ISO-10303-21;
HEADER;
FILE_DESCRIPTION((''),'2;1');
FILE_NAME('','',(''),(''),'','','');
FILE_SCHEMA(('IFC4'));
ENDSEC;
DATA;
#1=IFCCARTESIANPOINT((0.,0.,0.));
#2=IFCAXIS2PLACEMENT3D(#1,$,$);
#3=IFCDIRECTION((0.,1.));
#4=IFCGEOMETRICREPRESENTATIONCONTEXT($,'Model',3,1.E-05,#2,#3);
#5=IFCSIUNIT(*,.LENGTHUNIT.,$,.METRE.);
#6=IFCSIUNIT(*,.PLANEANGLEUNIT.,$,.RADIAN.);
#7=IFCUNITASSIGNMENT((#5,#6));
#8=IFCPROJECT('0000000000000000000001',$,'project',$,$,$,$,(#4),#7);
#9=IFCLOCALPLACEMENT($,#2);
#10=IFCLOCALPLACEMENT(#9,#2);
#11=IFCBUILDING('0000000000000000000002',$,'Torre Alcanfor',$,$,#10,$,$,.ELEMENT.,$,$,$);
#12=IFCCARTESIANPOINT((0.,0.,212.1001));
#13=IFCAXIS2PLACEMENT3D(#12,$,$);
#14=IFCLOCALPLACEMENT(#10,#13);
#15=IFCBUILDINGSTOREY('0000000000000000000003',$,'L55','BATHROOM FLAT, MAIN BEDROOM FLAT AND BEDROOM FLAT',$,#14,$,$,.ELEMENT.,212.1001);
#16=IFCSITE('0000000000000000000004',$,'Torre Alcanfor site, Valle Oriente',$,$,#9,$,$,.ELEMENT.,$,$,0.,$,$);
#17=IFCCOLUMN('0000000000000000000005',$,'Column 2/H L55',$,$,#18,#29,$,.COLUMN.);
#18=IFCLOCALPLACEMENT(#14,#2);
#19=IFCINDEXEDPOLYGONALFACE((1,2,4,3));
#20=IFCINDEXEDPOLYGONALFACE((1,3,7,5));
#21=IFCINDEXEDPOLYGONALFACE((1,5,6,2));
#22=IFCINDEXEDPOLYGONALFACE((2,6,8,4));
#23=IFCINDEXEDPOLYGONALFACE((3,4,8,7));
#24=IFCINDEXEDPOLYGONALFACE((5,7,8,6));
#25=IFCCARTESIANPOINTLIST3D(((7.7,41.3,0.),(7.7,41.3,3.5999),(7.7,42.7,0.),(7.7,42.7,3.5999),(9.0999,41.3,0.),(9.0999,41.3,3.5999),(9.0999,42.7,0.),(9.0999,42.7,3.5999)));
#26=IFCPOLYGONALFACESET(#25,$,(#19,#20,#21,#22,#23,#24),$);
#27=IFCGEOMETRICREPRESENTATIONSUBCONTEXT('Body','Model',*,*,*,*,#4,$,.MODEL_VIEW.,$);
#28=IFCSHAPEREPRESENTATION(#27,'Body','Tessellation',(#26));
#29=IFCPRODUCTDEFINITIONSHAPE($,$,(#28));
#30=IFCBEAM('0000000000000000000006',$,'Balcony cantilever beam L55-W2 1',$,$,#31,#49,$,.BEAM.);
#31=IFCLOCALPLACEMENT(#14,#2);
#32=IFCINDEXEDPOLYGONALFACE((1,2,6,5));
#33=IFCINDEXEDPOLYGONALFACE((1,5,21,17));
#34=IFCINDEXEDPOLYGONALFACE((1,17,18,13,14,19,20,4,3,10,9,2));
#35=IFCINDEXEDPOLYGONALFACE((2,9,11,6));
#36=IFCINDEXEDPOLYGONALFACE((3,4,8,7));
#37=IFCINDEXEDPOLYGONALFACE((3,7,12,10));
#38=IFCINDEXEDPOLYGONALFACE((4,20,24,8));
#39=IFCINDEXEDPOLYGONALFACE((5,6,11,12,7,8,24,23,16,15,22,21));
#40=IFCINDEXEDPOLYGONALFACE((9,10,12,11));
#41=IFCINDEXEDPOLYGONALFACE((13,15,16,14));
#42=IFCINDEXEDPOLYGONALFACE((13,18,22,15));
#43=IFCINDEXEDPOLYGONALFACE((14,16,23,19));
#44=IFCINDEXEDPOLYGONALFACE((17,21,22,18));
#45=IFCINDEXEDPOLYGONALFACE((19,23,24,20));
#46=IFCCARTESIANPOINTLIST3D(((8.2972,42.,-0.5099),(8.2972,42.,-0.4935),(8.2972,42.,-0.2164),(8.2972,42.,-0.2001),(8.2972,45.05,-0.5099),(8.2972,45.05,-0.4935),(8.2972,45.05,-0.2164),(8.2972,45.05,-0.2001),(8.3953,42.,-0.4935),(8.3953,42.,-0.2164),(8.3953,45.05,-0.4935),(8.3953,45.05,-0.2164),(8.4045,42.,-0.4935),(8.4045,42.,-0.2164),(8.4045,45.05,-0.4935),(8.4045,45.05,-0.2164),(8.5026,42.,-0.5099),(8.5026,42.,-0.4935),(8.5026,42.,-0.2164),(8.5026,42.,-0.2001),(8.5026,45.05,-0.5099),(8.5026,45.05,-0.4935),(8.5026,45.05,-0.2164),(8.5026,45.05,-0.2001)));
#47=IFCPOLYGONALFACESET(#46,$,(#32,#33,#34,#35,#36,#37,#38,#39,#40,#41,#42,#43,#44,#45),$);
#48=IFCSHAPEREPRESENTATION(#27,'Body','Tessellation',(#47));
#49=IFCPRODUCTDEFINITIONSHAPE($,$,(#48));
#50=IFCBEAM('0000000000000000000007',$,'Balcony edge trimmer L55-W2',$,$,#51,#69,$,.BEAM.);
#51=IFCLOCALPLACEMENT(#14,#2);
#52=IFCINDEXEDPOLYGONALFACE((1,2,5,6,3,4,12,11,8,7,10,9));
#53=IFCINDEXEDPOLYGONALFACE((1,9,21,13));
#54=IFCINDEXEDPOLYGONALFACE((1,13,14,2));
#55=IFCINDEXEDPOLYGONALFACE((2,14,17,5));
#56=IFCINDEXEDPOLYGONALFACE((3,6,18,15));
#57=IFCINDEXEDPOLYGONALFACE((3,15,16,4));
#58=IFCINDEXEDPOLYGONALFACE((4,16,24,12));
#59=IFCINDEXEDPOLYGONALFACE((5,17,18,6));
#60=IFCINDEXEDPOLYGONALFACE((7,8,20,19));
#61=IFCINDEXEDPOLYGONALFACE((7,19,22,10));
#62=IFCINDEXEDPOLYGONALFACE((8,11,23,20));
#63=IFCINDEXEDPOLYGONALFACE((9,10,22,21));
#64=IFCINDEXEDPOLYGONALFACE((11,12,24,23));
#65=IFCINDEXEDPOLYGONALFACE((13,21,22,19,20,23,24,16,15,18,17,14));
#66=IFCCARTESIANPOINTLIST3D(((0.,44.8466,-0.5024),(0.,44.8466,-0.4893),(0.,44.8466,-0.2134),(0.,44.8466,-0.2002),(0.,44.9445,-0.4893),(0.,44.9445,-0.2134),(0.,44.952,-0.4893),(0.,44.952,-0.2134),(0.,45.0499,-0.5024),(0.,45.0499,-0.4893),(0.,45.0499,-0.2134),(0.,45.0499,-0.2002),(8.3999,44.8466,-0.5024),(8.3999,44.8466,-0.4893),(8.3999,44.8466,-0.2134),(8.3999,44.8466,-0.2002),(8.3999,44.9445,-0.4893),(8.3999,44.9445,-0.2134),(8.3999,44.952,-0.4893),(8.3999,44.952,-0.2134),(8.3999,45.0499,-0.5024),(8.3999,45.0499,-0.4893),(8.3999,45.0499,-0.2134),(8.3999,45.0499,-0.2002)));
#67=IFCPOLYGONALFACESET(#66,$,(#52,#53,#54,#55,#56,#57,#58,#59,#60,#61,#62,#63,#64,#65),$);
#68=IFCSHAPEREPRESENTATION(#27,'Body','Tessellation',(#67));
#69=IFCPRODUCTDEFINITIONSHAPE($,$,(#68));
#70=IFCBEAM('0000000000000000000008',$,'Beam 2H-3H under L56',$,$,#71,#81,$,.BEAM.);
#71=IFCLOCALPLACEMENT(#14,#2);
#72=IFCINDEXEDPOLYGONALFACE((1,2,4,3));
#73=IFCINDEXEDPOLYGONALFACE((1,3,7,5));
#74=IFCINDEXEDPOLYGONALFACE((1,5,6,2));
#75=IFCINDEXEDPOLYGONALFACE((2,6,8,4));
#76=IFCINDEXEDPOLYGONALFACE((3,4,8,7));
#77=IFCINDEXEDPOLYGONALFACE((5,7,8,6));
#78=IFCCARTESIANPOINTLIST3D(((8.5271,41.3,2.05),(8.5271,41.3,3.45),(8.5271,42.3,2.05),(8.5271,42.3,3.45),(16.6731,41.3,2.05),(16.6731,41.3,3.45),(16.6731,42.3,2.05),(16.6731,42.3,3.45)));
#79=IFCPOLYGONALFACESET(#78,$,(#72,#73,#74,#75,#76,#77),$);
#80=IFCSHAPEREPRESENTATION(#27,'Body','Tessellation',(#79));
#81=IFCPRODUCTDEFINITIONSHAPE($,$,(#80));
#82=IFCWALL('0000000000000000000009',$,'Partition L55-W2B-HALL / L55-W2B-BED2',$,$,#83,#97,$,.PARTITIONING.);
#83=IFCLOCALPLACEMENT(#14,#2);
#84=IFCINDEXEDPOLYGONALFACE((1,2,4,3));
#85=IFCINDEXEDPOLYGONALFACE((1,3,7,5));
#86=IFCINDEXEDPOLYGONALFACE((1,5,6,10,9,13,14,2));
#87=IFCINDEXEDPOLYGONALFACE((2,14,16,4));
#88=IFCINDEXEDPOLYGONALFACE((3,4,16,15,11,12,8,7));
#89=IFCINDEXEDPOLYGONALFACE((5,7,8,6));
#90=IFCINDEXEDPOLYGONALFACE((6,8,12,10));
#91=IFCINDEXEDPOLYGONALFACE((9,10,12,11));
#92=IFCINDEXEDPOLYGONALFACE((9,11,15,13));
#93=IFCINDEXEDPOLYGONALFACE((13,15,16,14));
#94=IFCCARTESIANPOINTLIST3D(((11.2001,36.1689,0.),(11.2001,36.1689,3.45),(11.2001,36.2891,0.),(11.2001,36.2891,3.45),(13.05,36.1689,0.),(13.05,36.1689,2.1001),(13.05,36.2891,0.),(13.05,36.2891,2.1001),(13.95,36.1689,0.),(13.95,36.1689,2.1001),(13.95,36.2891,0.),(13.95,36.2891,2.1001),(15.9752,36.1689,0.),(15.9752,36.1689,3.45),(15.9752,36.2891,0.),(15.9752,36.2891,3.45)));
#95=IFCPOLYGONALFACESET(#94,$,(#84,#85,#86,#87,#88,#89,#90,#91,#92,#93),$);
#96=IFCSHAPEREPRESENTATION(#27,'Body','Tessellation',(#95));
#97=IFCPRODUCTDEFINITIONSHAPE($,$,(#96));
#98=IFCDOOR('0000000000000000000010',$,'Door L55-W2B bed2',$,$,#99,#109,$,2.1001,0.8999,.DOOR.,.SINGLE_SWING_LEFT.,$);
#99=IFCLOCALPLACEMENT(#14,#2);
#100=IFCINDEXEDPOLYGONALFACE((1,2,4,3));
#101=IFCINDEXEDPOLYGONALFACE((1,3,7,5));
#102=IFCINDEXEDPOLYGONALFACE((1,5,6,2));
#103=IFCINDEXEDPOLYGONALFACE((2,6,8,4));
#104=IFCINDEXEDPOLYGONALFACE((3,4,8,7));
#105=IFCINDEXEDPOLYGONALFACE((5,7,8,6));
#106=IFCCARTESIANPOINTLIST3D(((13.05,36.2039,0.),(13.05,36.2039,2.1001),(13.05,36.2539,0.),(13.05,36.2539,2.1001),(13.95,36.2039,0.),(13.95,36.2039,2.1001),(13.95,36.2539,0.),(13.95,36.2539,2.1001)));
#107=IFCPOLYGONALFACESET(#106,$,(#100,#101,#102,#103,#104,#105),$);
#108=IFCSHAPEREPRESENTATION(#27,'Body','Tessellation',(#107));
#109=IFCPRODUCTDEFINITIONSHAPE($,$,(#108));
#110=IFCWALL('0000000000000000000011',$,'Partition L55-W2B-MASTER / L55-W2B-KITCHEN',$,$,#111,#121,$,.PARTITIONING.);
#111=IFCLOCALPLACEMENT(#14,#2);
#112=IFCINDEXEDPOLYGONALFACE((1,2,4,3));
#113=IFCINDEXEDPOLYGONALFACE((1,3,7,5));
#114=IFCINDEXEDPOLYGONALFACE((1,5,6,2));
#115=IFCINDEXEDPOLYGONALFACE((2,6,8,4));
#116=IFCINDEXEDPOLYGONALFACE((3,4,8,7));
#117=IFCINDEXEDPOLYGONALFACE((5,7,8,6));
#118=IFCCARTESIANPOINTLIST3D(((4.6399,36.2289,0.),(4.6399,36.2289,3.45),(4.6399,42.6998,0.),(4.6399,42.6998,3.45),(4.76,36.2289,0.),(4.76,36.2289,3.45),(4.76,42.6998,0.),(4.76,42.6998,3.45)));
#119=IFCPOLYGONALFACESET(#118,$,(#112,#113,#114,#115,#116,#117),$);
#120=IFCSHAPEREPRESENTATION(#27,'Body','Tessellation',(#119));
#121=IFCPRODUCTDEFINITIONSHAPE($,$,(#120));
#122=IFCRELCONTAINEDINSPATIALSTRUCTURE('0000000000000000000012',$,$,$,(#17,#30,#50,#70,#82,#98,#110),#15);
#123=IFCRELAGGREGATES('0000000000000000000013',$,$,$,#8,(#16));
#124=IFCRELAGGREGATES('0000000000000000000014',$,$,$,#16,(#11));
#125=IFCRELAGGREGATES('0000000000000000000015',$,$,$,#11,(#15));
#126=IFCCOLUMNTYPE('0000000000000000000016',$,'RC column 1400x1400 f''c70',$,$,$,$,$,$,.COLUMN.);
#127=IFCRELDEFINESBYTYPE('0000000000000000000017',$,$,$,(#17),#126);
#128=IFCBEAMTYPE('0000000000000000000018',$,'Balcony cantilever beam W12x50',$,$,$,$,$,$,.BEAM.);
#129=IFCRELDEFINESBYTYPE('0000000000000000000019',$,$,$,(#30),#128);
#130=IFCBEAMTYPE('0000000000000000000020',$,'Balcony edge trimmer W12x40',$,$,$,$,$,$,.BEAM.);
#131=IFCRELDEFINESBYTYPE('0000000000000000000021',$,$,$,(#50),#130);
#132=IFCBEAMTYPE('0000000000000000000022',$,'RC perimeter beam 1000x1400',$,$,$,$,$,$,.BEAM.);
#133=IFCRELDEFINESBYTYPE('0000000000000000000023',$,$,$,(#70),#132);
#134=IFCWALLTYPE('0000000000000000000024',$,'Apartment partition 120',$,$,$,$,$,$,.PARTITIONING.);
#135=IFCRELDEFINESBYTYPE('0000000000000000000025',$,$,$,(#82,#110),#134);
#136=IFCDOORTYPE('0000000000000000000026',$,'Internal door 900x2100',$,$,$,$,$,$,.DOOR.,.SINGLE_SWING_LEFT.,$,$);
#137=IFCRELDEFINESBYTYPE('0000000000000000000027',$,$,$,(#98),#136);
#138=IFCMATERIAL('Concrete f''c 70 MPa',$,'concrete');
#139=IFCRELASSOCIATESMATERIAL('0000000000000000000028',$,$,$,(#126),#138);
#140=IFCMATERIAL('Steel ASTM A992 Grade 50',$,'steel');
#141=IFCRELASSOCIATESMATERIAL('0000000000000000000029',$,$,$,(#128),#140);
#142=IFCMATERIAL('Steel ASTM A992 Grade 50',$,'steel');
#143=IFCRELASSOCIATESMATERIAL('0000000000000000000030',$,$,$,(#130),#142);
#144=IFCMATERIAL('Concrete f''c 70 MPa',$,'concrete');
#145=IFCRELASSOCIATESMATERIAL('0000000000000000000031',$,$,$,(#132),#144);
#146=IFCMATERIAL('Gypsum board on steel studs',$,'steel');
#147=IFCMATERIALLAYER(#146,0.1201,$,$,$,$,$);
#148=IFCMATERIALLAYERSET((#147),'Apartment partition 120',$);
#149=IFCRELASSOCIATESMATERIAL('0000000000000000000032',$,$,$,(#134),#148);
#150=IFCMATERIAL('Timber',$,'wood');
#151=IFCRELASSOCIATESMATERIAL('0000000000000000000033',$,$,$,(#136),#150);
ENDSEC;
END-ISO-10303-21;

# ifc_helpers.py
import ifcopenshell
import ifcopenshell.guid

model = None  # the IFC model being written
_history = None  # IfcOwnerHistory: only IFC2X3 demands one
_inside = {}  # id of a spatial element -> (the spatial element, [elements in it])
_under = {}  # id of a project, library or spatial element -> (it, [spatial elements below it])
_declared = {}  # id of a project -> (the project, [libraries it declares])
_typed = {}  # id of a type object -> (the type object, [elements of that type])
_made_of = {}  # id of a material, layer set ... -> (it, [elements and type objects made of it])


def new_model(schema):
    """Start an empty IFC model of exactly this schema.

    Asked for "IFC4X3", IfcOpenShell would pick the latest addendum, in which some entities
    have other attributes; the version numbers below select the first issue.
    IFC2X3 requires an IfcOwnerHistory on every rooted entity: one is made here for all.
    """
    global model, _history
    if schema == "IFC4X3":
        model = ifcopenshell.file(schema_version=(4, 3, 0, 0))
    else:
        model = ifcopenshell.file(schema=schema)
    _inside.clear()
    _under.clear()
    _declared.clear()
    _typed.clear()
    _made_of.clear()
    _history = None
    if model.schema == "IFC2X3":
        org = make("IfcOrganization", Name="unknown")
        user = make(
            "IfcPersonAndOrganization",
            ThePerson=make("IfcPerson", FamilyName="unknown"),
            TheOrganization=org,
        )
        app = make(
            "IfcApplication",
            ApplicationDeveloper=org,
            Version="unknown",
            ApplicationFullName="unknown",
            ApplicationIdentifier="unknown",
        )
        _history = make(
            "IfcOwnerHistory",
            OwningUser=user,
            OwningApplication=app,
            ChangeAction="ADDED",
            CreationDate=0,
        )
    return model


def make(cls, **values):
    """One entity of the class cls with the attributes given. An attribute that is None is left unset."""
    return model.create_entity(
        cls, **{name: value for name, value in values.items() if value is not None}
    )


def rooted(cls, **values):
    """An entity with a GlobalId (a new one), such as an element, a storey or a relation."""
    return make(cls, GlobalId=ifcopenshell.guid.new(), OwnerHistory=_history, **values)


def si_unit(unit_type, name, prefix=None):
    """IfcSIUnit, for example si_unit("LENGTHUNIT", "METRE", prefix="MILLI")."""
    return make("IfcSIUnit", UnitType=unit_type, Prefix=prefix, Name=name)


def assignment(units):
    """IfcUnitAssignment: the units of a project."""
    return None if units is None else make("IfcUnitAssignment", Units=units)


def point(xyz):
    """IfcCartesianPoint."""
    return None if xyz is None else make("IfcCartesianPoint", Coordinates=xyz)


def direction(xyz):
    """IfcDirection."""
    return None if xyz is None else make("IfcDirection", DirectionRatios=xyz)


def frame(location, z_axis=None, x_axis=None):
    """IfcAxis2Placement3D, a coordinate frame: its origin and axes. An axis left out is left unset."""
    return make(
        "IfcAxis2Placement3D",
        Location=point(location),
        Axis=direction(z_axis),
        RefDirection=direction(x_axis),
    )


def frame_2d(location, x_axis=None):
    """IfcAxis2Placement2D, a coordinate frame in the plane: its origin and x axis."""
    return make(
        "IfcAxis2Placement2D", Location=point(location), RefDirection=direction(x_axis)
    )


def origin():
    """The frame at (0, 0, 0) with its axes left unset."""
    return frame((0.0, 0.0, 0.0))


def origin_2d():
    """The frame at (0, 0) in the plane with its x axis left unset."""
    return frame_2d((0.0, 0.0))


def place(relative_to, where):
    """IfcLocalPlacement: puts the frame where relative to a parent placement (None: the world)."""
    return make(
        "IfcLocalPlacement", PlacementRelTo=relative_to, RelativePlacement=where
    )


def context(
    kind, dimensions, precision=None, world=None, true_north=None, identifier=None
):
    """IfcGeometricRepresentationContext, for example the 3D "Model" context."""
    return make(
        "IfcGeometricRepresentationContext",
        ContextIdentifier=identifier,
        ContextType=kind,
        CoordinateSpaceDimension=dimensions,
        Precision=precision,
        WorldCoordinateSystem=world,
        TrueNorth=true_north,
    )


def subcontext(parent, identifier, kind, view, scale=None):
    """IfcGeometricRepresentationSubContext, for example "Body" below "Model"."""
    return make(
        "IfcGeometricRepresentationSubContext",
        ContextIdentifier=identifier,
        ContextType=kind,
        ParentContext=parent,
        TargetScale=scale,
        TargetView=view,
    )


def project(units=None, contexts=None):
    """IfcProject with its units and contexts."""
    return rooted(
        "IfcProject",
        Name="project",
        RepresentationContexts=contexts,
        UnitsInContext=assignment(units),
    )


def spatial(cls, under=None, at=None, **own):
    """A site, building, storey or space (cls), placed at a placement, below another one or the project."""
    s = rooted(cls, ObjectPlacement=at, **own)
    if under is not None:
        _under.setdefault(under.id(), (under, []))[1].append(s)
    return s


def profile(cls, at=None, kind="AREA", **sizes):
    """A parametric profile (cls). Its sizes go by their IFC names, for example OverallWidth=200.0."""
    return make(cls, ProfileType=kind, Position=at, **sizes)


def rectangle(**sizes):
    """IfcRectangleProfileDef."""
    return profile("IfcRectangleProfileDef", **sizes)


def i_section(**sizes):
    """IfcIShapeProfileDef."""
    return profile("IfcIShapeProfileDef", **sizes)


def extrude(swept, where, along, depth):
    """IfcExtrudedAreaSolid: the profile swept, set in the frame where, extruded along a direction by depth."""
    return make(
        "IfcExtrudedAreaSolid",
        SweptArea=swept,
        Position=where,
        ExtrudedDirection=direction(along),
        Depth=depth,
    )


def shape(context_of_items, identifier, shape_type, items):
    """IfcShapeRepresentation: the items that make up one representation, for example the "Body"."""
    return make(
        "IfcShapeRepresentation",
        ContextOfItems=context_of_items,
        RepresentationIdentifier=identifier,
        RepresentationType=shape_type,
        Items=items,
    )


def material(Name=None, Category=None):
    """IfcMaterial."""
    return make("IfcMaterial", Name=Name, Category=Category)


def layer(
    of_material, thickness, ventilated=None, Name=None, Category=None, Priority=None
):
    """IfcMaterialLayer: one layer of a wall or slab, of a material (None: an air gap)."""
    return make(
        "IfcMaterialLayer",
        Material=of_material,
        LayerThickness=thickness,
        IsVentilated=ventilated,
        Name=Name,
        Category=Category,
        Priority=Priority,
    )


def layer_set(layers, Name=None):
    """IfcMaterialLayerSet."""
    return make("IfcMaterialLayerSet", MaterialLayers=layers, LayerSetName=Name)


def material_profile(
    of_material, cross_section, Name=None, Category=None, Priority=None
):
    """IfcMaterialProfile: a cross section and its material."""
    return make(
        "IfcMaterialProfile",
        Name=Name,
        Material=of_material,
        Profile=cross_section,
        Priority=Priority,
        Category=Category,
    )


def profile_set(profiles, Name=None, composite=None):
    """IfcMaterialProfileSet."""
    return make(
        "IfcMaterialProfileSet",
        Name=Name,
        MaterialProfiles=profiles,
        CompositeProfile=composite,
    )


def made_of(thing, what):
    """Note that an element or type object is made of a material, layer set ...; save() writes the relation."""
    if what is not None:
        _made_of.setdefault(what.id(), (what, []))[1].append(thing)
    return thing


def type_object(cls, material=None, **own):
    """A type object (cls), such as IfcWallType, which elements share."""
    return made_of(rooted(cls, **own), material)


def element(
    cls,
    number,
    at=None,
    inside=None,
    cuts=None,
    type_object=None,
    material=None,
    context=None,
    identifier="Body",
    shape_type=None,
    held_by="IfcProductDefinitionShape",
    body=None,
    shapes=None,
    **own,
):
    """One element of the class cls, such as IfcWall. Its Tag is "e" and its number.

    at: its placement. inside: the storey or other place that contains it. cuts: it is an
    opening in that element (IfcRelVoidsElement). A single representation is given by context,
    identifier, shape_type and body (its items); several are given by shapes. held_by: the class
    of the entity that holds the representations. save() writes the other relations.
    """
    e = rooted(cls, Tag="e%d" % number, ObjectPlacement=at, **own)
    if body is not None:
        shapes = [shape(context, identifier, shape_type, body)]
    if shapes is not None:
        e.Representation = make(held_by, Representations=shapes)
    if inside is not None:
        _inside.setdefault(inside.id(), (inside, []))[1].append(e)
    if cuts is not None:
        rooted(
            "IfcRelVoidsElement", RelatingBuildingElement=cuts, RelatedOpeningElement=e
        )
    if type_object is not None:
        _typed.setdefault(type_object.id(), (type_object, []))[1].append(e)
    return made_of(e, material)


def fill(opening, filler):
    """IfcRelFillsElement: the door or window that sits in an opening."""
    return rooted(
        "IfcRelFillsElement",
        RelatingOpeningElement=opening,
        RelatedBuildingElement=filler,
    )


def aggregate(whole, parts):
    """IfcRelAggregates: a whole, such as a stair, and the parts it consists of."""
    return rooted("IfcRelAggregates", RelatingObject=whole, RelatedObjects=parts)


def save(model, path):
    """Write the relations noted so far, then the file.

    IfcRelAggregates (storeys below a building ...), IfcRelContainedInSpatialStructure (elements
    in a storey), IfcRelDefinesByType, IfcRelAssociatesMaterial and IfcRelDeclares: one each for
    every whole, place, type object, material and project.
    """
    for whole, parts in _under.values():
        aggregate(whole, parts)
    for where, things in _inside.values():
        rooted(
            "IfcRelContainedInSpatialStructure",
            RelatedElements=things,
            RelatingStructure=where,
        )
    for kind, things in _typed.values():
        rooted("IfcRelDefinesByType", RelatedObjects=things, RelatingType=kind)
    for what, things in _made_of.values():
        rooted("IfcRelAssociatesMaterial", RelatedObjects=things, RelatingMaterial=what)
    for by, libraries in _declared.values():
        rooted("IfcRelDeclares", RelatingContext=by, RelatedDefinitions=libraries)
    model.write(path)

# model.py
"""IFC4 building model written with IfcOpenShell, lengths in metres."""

from ifc_helpers import new_model, si_unit, direction, frame, frame_2d, origin, origin_2d, place, context, subcontext, project, spatial, rectangle, i_section, extrude, material, layer, layer_set, material_profile, profile_set, type_object, element, fill, save


model = new_model("IFC4")

# Units and contexts
model_context = context("Model", 3, precision=1e-05, world=origin(), true_north=direction((0.0, 1.0)))
body_context = subcontext(model_context, "Body", "Model", "MODEL_VIEW")
ifc_project = project(units=[si_unit("LENGTHUNIT", "METRE"), si_unit("PLANEANGLEUNIT", "RADIAN")], contexts=[model_context])

# Site, building, storey
site_placement = place(None, origin())
site = spatial("IfcSite", under=ifc_project, at=site_placement, Name="Torre Alcanfor site, Valle Oriente", CompositionType="ELEMENT", RefElevation=0.0)
building_placement = place(site_placement, origin())
building = spatial("IfcBuilding", under=site, at=building_placement, Name="Torre Alcanfor", CompositionType="ELEMENT")
storey_placement = place(building_placement, frame((0.0, 0.0, 212.1001)))
storey = spatial("IfcBuildingStorey", under=building, at=storey_placement, Name="L55", Description="BATHROOM FLAT, MAIN BEDROOM FLAT AND BEDROOM FLAT", CompositionType="ELEMENT", Elevation=212.1001)

# Column
ifc_material_1 = material(Name="Concrete f'c 70 MPa", Category="concrete")
ifc_material_profile_1 = material_profile(ifc_material_1, rectangle(XDim=1.3999, YDim=1.3999, at=origin_2d()), Name="1400x1400")
ifc_profile_set_1 = profile_set([ifc_material_profile_1], Name="Concrete f'c 70 MPa")
column_type = type_object("IfcColumnType", Name="RC column 1400x1400 f'c70", PredefinedType="COLUMN", material=ifc_profile_set_1)
column_placement = place(storey_placement, frame((8.3999, 42.0, 0.0), z_axis=(0.0, 0.0, 1.0), x_axis=(1.0, 0.0, 0.0)))
element("IfcColumn", 1, at=column_placement, inside=storey, type_object=column_type, Name="Column 2/H L55", PredefinedType="COLUMN", context=body_context, shape_type="SweptSolid", body=[
    extrude(rectangle(XDim=1.3999, YDim=1.3999, at=origin_2d()), origin(), (0.0, 0.0, 1.0), 3.5999),
])

# Beams
ifc_material_2 = material(Name="Steel ASTM A992 Grade 50", Category="steel")
ifc_material_profile_2 = material_profile(ifc_material_2, i_section(OverallWidth=0.2053, OverallDepth=0.3098, WebThickness=0.0093, FlangeThickness=0.0164, at=origin_2d()), Name="W12x50")
ifc_profile_set_2 = profile_set([ifc_material_profile_2], Name="Steel ASTM A992 Grade 50")
beam_type_1 = type_object("IfcBeamType", Name="Balcony cantilever beam W12x50", PredefinedType="BEAM", material=ifc_profile_set_2)
beam_1_placement = place(storey_placement, frame((8.3999, 42.0, -0.355), z_axis=(0.0, 1.0, 0.0), x_axis=(-1.0, 0.0, 0.0)))
element("IfcBeam", 2, at=beam_1_placement, inside=storey, type_object=beam_type_1, Name="Balcony cantilever beam L55-W2 1", PredefinedType="BEAM", context=body_context, shape_type="SweptSolid", body=[
    extrude(i_section(OverallWidth=0.2053, OverallDepth=0.3098, WebThickness=0.0093, FlangeThickness=0.0164, at=origin_2d()), origin(), (0.0, 0.0, 1.0), 3.05),
])
ifc_material_3 = material(Name="Steel ASTM A992 Grade 50", Category="steel")
ifc_material_profile_3 = material_profile(ifc_material_3, i_section(OverallWidth=0.2034, OverallDepth=0.3022, WebThickness=0.0076, FlangeThickness=0.0132, at=origin_2d()), Name="W12x40")
ifc_profile_set_3 = profile_set([ifc_material_profile_3], Name="Steel ASTM A992 Grade 50")
beam_type_2 = type_object("IfcBeamType", Name="Balcony edge trimmer W12x40", PredefinedType="BEAM", material=ifc_profile_set_3)
beam_2_placement = place(storey_placement, frame((8.3999, 44.9482, -0.3513), z_axis=(-1.0, 0.0, 0.0), x_axis=(0.0, -1.0, 0.0)))
element("IfcBeam", 3, at=beam_2_placement, inside=storey, type_object=beam_type_2, Name="Balcony edge trimmer L55-W2", PredefinedType="BEAM", context=body_context, shape_type="SweptSolid", body=[
    extrude(i_section(OverallWidth=0.2034, OverallDepth=0.3022, WebThickness=0.0076, FlangeThickness=0.0132, at=origin_2d()), origin(), (0.0, 0.0, 1.0), 8.3999),
])
ifc_material_4 = material(Name="Concrete f'c 70 MPa", Category="concrete")
ifc_material_profile_4 = material_profile(ifc_material_4, rectangle(XDim=1.0, YDim=1.3999, at=origin_2d()), Name="1000x1400")
ifc_profile_set_4 = profile_set([ifc_material_profile_4], Name="Concrete f'c 70 MPa")
beam_type_3 = type_object("IfcBeamType", Name="RC perimeter beam 1000x1400", PredefinedType="BEAM", material=ifc_profile_set_4)
beam_3_placement = place(storey_placement, frame((8.5271, 41.8, 2.75), z_axis=(1.0, 0.0, 0.0), x_axis=(0.0, 1.0, 0.0)))
element("IfcBeam", 4, at=beam_3_placement, inside=storey, type_object=beam_type_3, Name="Beam 2H-3H under L56", PredefinedType="BEAM", context=body_context, shape_type="SweptSolid", body=[
    extrude(rectangle(XDim=1.0, YDim=1.3999, at=origin_2d()), origin(), (0.0, 0.0, 1.0), 8.146),
])

# Wall, opening, door
ifc_material_5 = material(Name="Gypsum board on steel studs", Category="steel")
ifc_layer_1 = layer(ifc_material_5, 0.1201)
ifc_layer_set_1 = layer_set([ifc_layer_1], Name="Apartment partition 120")
wall_type_1 = type_object("IfcWallType", Name="Apartment partition 120", PredefinedType="PARTITIONING", material=ifc_layer_set_1)
wall_1_placement = place(storey_placement, frame((11.2, 36.229, 0.0), z_axis=(0.0, 0.0, 1.0), x_axis=(1.0, 0.0, 0.0)))
wall_1 = element("IfcWall", 5, at=wall_1_placement, inside=storey, type_object=wall_type_1, Name="Partition L55-W2B-HALL / L55-W2B-BED2", PredefinedType="PARTITIONING", context=body_context, shape_type="SweptSolid", body=[
    extrude(rectangle(XDim=4.7751, YDim=0.1201, at=frame_2d((2.3877, 0.0))), origin(), (0.0, 0.0, 1.0), 3.45),
])
opening_1_placement = place(wall_1_placement, frame((1.8501, 0.0, 0.0)))
opening_1 = element("IfcOpeningElement", 6, at=opening_1_placement, cuts=wall_1, PredefinedType="OPENING", context=body_context, shape_type="SweptSolid", body=[
    extrude(rectangle(XDim=0.8999, YDim=2.1001, at=frame_2d((0.45, 1.05))), frame((0.0, 0.0701, 0.0), z_axis=(0.0, -1.0, 0.0), x_axis=(1.0, 0.0, 0.0)), (0.0, 0.0, 1.0), 0.1401),
])
ifc_material_6 = material(Name="Timber", Category="wood")
door_type_1 = type_object("IfcDoorType", Name="Internal door 900x2100", OperationType="SINGLE_SWING_LEFT", PredefinedType="DOOR", material=ifc_material_6)
door_1_placement = place(opening_1_placement, origin())
door_1 = element("IfcDoor", 7, at=door_1_placement, inside=storey, type_object=door_type_1, Name="Door L55-W2B bed2", OperationType="SINGLE_SWING_LEFT", OverallHeight=2.1001, OverallWidth=0.8999, PredefinedType="DOOR", context=body_context, shape_type="SweptSolid", body=[
    extrude(rectangle(XDim=0.8999, YDim=2.1001, at=frame_2d((0.45, 1.05))), frame((0.0, 0.0249, 0.0), z_axis=(0.0, -1.0, 0.0), x_axis=(1.0, 0.0, 0.0)), (0.0, 0.0, 1.0), 0.05),
])
fill(opening_1, door_1)

# Wall
wall_2_placement = place(storey_placement, frame((4.7, 36.229, 0.0), z_axis=(0.0, 0.0, 1.0), x_axis=(0.0, 1.0, 0.0)))
element("IfcWall", 8, at=wall_2_placement, inside=storey, type_object=wall_type_1, Name="Partition L55-W2B-MASTER / L55-W2B-KITCHEN", PredefinedType="PARTITIONING", context=body_context, shape_type="SweptSolid", body=[
    extrude(rectangle(XDim=6.4709, YDim=0.1201, at=frame_2d((3.2354, 0.0))), origin(), (0.0, 0.0, 1.0), 3.45),
])

save(model, "model.ifc")
